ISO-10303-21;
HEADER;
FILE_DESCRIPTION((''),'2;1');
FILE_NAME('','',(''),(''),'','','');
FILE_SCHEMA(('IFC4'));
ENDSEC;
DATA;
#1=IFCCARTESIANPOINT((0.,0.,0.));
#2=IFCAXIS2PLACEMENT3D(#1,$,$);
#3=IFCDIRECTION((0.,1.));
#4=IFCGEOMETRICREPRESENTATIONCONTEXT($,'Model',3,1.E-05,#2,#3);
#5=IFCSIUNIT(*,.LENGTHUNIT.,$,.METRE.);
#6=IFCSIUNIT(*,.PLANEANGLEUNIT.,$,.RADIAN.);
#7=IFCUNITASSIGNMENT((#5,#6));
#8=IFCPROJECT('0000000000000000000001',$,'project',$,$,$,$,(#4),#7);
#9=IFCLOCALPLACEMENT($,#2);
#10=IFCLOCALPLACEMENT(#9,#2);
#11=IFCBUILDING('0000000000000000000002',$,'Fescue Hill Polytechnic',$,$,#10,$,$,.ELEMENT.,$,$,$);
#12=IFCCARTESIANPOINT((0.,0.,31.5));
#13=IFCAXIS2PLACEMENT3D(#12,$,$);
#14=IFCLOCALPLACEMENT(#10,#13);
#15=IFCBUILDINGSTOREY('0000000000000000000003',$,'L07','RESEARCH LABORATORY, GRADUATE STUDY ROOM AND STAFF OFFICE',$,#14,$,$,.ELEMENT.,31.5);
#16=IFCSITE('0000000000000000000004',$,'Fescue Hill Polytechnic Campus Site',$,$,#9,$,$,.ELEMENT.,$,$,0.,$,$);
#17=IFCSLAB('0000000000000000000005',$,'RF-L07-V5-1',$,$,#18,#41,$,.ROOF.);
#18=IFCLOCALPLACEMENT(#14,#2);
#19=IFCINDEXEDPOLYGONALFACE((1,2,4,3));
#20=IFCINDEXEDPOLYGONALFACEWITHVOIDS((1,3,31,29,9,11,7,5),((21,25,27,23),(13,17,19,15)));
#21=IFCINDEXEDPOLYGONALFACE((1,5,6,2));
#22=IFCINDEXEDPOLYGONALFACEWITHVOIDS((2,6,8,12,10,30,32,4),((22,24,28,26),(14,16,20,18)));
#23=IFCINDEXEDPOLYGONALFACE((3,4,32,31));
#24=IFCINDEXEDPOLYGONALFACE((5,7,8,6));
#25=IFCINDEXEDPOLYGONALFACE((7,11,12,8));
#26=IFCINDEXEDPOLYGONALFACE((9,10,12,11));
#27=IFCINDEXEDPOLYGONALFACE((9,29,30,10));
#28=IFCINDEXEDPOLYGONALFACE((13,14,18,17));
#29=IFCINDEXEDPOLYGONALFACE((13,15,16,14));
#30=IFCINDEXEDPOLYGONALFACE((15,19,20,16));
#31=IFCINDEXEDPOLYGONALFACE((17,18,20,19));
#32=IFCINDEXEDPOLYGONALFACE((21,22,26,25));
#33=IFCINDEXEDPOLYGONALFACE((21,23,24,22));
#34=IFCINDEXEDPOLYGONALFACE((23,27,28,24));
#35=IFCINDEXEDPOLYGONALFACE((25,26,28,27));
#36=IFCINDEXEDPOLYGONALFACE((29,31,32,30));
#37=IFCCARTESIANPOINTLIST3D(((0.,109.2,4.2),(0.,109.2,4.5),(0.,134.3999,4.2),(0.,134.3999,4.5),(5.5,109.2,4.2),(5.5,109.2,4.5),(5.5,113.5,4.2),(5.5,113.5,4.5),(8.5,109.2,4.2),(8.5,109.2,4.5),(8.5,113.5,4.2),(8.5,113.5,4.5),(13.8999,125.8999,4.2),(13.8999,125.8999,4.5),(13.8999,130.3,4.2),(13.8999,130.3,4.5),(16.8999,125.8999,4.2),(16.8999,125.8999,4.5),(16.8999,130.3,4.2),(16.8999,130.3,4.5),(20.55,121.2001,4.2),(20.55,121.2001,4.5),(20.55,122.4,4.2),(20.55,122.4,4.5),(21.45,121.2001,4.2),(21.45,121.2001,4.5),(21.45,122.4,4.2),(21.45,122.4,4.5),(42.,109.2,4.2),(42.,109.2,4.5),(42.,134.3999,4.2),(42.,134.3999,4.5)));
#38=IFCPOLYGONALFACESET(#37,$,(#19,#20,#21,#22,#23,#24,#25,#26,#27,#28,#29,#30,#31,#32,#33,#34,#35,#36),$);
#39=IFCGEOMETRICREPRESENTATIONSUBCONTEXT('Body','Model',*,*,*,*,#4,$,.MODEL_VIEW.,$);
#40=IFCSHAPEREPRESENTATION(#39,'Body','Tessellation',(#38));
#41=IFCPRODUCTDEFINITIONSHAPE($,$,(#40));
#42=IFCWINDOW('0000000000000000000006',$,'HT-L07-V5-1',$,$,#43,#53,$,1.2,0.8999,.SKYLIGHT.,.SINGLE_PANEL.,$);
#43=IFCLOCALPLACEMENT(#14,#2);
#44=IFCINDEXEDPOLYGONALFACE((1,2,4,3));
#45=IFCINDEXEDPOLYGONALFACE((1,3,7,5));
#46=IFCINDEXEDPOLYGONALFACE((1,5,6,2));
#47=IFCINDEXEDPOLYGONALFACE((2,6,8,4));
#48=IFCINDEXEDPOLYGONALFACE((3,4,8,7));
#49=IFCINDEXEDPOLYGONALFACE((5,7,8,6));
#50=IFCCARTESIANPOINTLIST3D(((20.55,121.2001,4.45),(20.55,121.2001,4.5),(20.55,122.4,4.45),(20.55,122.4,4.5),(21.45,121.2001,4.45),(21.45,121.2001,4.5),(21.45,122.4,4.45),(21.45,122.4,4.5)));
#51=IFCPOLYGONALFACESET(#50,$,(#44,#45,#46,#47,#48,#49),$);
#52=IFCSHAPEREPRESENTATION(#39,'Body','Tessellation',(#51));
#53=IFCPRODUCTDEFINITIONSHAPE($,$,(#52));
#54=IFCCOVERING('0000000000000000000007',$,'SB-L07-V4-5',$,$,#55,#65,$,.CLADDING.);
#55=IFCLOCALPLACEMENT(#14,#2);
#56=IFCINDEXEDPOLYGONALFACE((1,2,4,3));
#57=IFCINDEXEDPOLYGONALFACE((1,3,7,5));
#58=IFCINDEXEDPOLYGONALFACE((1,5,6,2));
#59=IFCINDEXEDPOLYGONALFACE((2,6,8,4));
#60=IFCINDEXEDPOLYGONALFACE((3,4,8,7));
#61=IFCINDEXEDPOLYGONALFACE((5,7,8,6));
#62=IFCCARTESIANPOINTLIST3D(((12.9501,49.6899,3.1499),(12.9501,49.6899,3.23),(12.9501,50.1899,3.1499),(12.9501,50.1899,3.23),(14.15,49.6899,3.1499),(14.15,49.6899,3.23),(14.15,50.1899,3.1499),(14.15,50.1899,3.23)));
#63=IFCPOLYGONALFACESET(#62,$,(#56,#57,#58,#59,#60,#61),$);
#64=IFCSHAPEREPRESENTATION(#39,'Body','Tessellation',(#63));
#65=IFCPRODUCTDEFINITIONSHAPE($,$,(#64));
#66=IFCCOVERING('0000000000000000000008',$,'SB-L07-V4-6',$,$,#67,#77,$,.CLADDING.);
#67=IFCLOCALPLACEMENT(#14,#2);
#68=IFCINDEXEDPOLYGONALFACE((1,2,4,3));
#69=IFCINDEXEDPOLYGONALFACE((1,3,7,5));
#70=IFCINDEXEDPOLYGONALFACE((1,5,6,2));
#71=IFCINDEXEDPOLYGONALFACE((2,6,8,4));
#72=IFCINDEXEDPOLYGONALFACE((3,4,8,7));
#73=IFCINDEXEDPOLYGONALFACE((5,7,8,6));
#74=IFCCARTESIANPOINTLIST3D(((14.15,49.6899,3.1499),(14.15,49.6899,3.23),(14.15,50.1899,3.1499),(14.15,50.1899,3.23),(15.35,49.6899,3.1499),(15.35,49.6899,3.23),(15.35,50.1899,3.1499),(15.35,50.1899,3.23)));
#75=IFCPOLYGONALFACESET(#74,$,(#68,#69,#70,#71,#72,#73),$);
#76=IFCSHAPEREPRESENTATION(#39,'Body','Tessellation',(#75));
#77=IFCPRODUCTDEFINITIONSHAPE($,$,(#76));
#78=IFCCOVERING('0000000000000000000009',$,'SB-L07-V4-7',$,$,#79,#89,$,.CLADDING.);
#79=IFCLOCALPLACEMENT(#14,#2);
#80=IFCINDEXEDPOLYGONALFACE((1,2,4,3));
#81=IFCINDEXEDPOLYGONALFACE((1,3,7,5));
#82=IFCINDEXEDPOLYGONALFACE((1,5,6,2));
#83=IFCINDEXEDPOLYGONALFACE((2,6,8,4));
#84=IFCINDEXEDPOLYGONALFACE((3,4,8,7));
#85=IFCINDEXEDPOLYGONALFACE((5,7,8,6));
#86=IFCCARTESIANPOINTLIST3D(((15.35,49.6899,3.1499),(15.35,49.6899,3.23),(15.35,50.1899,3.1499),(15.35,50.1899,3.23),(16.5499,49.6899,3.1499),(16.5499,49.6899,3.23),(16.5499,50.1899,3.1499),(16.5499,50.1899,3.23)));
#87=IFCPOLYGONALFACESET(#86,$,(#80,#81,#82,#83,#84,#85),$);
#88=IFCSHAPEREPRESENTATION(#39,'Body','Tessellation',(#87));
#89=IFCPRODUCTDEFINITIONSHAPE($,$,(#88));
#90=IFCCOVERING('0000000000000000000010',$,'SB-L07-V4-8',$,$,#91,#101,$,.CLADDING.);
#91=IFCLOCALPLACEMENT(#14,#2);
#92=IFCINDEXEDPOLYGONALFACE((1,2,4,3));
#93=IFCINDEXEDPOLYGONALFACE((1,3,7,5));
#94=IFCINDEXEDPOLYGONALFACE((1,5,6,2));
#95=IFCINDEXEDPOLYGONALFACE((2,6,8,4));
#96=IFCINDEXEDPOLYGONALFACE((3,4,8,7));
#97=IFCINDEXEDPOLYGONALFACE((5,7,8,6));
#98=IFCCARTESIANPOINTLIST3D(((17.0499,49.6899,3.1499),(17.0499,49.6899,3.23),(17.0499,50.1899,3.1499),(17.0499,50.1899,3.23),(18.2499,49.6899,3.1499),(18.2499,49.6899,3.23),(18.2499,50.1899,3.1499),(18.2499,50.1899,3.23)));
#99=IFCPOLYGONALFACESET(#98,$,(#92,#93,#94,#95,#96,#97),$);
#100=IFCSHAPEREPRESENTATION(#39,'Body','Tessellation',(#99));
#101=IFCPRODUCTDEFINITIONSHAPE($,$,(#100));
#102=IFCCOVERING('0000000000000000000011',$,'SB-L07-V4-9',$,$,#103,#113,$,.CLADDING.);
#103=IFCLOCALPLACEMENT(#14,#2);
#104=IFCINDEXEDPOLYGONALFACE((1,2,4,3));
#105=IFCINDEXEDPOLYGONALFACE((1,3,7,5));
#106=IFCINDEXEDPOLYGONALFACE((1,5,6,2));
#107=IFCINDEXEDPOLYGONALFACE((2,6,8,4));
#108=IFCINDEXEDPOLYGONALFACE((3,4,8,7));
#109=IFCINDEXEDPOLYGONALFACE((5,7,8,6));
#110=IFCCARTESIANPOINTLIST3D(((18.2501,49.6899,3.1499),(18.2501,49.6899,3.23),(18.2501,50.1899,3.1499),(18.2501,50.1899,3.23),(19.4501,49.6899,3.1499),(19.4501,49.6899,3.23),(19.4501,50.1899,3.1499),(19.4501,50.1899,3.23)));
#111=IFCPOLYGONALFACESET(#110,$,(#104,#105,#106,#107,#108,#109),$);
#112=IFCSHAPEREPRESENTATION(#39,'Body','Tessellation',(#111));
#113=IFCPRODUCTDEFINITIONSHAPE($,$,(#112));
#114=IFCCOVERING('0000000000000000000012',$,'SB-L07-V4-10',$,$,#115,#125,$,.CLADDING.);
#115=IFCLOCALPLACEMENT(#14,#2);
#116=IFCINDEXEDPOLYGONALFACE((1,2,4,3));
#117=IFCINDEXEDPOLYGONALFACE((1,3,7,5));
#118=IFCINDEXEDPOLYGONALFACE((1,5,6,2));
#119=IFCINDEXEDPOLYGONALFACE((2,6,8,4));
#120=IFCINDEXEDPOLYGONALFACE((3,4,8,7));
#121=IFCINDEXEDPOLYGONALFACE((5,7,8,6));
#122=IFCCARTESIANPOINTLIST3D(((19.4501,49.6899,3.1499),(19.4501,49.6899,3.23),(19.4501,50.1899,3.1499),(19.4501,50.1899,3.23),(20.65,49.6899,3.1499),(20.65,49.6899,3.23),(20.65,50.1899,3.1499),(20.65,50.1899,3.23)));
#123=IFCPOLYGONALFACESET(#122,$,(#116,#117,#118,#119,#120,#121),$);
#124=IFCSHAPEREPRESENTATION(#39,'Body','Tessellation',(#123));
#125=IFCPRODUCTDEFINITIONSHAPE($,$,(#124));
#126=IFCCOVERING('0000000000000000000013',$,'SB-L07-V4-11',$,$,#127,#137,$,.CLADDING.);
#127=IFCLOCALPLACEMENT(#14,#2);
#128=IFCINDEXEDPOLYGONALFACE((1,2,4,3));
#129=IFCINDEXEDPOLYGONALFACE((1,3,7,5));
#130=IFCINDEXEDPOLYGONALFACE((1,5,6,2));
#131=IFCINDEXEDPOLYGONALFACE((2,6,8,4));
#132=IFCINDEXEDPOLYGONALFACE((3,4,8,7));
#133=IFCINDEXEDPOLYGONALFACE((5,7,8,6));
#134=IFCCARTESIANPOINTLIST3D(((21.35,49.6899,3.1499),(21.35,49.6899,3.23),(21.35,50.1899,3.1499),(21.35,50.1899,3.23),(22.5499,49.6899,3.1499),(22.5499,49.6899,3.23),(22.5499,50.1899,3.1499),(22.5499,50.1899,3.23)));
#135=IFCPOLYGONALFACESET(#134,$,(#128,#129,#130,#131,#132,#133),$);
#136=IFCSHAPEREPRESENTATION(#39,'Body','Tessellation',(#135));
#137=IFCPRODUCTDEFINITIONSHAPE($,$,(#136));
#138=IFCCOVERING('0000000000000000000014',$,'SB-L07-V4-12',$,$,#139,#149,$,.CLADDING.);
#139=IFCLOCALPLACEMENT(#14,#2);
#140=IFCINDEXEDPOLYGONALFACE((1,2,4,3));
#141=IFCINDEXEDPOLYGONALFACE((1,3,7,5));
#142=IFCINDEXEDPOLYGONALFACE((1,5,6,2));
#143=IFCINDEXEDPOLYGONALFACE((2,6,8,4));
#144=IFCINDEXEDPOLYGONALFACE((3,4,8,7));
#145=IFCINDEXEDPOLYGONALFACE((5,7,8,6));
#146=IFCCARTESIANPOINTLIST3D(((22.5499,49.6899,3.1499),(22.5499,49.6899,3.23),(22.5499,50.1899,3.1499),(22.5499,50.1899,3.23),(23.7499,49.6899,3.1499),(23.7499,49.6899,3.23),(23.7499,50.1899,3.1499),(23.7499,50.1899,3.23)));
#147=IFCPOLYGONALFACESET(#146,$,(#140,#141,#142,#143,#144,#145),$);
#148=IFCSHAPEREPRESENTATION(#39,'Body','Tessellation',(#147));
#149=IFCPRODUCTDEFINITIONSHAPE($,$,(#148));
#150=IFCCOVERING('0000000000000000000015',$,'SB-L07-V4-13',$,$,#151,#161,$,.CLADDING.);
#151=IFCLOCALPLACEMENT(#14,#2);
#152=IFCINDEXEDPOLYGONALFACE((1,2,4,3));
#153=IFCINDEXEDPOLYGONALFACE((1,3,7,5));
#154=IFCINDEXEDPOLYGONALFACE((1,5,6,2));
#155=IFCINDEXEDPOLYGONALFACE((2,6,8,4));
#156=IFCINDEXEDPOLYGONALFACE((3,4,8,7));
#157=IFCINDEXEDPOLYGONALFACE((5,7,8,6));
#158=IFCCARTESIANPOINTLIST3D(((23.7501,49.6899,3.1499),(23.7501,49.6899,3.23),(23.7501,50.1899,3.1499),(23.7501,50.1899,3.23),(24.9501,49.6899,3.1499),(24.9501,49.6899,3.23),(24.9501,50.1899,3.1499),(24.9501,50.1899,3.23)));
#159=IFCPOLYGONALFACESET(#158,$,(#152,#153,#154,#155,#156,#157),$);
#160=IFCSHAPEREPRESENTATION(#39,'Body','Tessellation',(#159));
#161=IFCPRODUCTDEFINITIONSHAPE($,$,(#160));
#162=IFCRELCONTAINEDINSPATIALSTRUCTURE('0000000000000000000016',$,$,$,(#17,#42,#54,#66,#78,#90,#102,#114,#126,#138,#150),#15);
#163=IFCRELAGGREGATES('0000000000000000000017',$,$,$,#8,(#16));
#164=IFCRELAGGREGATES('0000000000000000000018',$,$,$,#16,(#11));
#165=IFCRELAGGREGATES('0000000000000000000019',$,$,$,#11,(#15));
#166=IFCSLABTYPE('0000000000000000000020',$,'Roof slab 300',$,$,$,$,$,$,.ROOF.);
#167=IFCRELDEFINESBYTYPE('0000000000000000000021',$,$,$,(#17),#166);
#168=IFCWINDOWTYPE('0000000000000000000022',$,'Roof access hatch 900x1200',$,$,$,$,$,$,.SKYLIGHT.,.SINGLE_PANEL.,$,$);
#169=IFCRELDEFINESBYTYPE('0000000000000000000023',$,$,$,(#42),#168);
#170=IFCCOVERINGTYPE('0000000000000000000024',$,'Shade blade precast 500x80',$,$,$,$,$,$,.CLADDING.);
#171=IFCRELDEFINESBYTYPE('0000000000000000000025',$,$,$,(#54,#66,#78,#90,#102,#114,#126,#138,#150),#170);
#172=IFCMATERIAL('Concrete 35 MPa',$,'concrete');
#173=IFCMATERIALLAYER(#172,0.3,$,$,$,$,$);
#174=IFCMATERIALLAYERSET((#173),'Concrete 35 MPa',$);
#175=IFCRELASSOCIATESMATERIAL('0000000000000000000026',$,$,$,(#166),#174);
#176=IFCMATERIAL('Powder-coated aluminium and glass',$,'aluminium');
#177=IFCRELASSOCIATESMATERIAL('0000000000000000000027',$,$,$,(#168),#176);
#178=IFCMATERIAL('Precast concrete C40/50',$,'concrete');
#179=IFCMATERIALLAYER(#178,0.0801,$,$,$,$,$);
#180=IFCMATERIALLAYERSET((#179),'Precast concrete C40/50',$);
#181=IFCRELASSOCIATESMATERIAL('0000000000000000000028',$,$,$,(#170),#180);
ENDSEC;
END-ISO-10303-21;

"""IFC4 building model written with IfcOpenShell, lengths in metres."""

from ifc_helpers import new_model, si_unit, direction, frame, origin, origin_2d, place, context, subcontext, project, spatial, polyline, rectangle, outline, extrude, material, layer, layer_set, type_object, element, fill, save


model = new_model("IFC4")

# Units and contexts
model_context = context("Model", 3, precision=1e-05, world=origin(), true_north=direction((0.0, 1.0)))
body_context = subcontext(model_context, "Body", "Model", "MODEL_VIEW")
ifc_project = project(units=[si_unit("LENGTHUNIT", "METRE"), si_unit("PLANEANGLEUNIT", "RADIAN")], contexts=[model_context])

# Site, building, storey
site_placement = place(None, origin())
site = spatial("IfcSite", under=ifc_project, at=site_placement, Name="Fescue Hill Polytechnic Campus Site", CompositionType="ELEMENT", RefElevation=0.0)
building_placement = place(site_placement, origin())
building = spatial("IfcBuilding", under=site, at=building_placement, Name="Fescue Hill Polytechnic", CompositionType="ELEMENT")
storey_placement = place(building_placement, frame((0.0, 0.0, 31.5)))
storey = spatial("IfcBuildingStorey", under=building, at=storey_placement, Name="L07", Description="RESEARCH LABORATORY, GRADUATE STUDY ROOM AND STAFF OFFICE", CompositionType="ELEMENT", Elevation=31.5)

# Shared definitions
ifc_material_1 = material(Name="Concrete 35 MPa", Category="concrete")

# Slab, opening, window
ifc_layer_1 = layer(ifc_material_1, 0.3)
ifc_layer_set_1 = layer_set([ifc_layer_1], Name="Concrete 35 MPa")
slab_type_1 = type_object("IfcSlabType", Name="Roof slab 300", PredefinedType="ROOF", material=ifc_layer_set_1)
ifc_material_2 = material(Name="Powder-coated aluminium and glass", Category="aluminium")
window_type = type_object("IfcWindowType", Name="Roof access hatch 900x1200", PartitioningType="SINGLE_PANEL", PredefinedType="SKYLIGHT", material=ifc_material_2)
slab_1_placement = place(storey_placement, frame((0.0, 0.0, 4.2)))
slab_1 = element("IfcSlab", 1, at=slab_1_placement, inside=storey, type_object=slab_type_1, Name="RF-L07-V5-1", PredefinedType="ROOF", context=body_context, shape_type="SweptSolid", body=[
    extrude(outline(polyline([(42.0, 134.3999), (42.0, 109.2), (8.5, 109.2), (8.5, 113.5), (5.5, 113.5), (5.5, 109.2), (0.0, 109.2), (0.0, 134.3999), (42.0, 134.3999)]), holes=[polyline([(16.8999, 125.8999), (16.8999, 130.3), (13.8999, 130.3), (13.8999, 125.8999), (16.8999, 125.8999)])]), origin(), (0.0, 0.0, 1.0), 0.3),
])
opening_1_placement = place(slab_1_placement, frame((21.0, 121.8, 0.0)))
opening_1 = element("IfcOpeningElement", 2, at=opening_1_placement, cuts=slab_1, PredefinedType="OPENING", context=body_context, shape_type="SweptSolid", body=[
    extrude(rectangle(XDim=0.8999, YDim=1.2, at=origin_2d()), frame((0.0, 0.0, -0.01)), (0.0, 0.0, 1.0), 0.3201),
])
window_1_placement = place(opening_1_placement, frame((0.0, 0.0, 0.25)))
window_1 = element("IfcWindow", 3, at=window_1_placement, inside=storey, type_object=window_type, Name="HT-L07-V5-1", OverallHeight=1.2, OverallWidth=0.8999, PartitioningType="SINGLE_PANEL", PredefinedType="SKYLIGHT", context=body_context, shape_type="SweptSolid", body=[
    extrude(rectangle(XDim=0.8999, YDim=1.2, at=origin_2d()), origin(), (0.0, 0.0, 1.0), 0.05),
])
fill(opening_1, window_1)

# Coverings
ifc_material_3 = material(Name="Precast concrete C40/50", Category="concrete")
ifc_layer_2 = layer(ifc_material_3, 0.0801)
ifc_layer_set_2 = layer_set([ifc_layer_2], Name="Precast concrete C40/50")
covering_type = type_object("IfcCoveringType", Name="Shade blade precast 500x80", PredefinedType="CLADDING", material=ifc_layer_set_2)
for number, where, z_axis, x_axis, name in (
    (4, (13.55, 49.9399, 3.1499), (0.0, 0.0, 1.0), (1.0, 0.0, 0.0), "SB-L07-V4-5"),
    (5, (14.75, 49.9399, 3.1499), (0.0, 0.0, 1.0), (1.0, 0.0, 0.0), "SB-L07-V4-6"),
    (6, (15.95, 49.9399, 3.1499), (0.0, 0.0, 1.0), (1.0, 0.0, 0.0), "SB-L07-V4-7"),
    (7, (17.6499, 49.9399, 3.1499), (0.0, 0.0, 1.0), (1.0, 0.0, 0.0), "SB-L07-V4-8"),
    (8, (18.8501, 49.9399, 3.1499), (0.0, 0.0, 1.0), (1.0, 0.0, 0.0), "SB-L07-V4-9"),
    (9, (20.05, 49.9399, 3.1499), (0.0, 0.0, 1.0), (1.0, 0.0, 0.0), "SB-L07-V4-10"),
    (10, (21.95, 49.9399, 3.1499), (0.0, 0.0, 1.0), (1.0, 0.0, 0.0), "SB-L07-V4-11"),
    (11, (23.1499, 49.9399, 3.1499), (0.0, 0.0, 1.0), (1.0, 0.0, 0.0), "SB-L07-V4-12"),
    (12, (24.3501, 49.9399, 3.1499), (0.0, 0.0, 1.0), (1.0, 0.0, 0.0), "SB-L07-V4-13"),
):
    element("IfcCovering", number, at=place(storey_placement, frame(where, z_axis=z_axis, x_axis=x_axis)), inside=storey, type_object=covering_type, Name=name, PredefinedType="CLADDING", context=body_context, shape_type="SweptSolid", body=[
        extrude(rectangle(XDim=1.2, YDim=0.5, at=origin_2d()), origin(), (0.0, 0.0, 1.0), 0.0801),
    ])

save(model, "model.ifc")
